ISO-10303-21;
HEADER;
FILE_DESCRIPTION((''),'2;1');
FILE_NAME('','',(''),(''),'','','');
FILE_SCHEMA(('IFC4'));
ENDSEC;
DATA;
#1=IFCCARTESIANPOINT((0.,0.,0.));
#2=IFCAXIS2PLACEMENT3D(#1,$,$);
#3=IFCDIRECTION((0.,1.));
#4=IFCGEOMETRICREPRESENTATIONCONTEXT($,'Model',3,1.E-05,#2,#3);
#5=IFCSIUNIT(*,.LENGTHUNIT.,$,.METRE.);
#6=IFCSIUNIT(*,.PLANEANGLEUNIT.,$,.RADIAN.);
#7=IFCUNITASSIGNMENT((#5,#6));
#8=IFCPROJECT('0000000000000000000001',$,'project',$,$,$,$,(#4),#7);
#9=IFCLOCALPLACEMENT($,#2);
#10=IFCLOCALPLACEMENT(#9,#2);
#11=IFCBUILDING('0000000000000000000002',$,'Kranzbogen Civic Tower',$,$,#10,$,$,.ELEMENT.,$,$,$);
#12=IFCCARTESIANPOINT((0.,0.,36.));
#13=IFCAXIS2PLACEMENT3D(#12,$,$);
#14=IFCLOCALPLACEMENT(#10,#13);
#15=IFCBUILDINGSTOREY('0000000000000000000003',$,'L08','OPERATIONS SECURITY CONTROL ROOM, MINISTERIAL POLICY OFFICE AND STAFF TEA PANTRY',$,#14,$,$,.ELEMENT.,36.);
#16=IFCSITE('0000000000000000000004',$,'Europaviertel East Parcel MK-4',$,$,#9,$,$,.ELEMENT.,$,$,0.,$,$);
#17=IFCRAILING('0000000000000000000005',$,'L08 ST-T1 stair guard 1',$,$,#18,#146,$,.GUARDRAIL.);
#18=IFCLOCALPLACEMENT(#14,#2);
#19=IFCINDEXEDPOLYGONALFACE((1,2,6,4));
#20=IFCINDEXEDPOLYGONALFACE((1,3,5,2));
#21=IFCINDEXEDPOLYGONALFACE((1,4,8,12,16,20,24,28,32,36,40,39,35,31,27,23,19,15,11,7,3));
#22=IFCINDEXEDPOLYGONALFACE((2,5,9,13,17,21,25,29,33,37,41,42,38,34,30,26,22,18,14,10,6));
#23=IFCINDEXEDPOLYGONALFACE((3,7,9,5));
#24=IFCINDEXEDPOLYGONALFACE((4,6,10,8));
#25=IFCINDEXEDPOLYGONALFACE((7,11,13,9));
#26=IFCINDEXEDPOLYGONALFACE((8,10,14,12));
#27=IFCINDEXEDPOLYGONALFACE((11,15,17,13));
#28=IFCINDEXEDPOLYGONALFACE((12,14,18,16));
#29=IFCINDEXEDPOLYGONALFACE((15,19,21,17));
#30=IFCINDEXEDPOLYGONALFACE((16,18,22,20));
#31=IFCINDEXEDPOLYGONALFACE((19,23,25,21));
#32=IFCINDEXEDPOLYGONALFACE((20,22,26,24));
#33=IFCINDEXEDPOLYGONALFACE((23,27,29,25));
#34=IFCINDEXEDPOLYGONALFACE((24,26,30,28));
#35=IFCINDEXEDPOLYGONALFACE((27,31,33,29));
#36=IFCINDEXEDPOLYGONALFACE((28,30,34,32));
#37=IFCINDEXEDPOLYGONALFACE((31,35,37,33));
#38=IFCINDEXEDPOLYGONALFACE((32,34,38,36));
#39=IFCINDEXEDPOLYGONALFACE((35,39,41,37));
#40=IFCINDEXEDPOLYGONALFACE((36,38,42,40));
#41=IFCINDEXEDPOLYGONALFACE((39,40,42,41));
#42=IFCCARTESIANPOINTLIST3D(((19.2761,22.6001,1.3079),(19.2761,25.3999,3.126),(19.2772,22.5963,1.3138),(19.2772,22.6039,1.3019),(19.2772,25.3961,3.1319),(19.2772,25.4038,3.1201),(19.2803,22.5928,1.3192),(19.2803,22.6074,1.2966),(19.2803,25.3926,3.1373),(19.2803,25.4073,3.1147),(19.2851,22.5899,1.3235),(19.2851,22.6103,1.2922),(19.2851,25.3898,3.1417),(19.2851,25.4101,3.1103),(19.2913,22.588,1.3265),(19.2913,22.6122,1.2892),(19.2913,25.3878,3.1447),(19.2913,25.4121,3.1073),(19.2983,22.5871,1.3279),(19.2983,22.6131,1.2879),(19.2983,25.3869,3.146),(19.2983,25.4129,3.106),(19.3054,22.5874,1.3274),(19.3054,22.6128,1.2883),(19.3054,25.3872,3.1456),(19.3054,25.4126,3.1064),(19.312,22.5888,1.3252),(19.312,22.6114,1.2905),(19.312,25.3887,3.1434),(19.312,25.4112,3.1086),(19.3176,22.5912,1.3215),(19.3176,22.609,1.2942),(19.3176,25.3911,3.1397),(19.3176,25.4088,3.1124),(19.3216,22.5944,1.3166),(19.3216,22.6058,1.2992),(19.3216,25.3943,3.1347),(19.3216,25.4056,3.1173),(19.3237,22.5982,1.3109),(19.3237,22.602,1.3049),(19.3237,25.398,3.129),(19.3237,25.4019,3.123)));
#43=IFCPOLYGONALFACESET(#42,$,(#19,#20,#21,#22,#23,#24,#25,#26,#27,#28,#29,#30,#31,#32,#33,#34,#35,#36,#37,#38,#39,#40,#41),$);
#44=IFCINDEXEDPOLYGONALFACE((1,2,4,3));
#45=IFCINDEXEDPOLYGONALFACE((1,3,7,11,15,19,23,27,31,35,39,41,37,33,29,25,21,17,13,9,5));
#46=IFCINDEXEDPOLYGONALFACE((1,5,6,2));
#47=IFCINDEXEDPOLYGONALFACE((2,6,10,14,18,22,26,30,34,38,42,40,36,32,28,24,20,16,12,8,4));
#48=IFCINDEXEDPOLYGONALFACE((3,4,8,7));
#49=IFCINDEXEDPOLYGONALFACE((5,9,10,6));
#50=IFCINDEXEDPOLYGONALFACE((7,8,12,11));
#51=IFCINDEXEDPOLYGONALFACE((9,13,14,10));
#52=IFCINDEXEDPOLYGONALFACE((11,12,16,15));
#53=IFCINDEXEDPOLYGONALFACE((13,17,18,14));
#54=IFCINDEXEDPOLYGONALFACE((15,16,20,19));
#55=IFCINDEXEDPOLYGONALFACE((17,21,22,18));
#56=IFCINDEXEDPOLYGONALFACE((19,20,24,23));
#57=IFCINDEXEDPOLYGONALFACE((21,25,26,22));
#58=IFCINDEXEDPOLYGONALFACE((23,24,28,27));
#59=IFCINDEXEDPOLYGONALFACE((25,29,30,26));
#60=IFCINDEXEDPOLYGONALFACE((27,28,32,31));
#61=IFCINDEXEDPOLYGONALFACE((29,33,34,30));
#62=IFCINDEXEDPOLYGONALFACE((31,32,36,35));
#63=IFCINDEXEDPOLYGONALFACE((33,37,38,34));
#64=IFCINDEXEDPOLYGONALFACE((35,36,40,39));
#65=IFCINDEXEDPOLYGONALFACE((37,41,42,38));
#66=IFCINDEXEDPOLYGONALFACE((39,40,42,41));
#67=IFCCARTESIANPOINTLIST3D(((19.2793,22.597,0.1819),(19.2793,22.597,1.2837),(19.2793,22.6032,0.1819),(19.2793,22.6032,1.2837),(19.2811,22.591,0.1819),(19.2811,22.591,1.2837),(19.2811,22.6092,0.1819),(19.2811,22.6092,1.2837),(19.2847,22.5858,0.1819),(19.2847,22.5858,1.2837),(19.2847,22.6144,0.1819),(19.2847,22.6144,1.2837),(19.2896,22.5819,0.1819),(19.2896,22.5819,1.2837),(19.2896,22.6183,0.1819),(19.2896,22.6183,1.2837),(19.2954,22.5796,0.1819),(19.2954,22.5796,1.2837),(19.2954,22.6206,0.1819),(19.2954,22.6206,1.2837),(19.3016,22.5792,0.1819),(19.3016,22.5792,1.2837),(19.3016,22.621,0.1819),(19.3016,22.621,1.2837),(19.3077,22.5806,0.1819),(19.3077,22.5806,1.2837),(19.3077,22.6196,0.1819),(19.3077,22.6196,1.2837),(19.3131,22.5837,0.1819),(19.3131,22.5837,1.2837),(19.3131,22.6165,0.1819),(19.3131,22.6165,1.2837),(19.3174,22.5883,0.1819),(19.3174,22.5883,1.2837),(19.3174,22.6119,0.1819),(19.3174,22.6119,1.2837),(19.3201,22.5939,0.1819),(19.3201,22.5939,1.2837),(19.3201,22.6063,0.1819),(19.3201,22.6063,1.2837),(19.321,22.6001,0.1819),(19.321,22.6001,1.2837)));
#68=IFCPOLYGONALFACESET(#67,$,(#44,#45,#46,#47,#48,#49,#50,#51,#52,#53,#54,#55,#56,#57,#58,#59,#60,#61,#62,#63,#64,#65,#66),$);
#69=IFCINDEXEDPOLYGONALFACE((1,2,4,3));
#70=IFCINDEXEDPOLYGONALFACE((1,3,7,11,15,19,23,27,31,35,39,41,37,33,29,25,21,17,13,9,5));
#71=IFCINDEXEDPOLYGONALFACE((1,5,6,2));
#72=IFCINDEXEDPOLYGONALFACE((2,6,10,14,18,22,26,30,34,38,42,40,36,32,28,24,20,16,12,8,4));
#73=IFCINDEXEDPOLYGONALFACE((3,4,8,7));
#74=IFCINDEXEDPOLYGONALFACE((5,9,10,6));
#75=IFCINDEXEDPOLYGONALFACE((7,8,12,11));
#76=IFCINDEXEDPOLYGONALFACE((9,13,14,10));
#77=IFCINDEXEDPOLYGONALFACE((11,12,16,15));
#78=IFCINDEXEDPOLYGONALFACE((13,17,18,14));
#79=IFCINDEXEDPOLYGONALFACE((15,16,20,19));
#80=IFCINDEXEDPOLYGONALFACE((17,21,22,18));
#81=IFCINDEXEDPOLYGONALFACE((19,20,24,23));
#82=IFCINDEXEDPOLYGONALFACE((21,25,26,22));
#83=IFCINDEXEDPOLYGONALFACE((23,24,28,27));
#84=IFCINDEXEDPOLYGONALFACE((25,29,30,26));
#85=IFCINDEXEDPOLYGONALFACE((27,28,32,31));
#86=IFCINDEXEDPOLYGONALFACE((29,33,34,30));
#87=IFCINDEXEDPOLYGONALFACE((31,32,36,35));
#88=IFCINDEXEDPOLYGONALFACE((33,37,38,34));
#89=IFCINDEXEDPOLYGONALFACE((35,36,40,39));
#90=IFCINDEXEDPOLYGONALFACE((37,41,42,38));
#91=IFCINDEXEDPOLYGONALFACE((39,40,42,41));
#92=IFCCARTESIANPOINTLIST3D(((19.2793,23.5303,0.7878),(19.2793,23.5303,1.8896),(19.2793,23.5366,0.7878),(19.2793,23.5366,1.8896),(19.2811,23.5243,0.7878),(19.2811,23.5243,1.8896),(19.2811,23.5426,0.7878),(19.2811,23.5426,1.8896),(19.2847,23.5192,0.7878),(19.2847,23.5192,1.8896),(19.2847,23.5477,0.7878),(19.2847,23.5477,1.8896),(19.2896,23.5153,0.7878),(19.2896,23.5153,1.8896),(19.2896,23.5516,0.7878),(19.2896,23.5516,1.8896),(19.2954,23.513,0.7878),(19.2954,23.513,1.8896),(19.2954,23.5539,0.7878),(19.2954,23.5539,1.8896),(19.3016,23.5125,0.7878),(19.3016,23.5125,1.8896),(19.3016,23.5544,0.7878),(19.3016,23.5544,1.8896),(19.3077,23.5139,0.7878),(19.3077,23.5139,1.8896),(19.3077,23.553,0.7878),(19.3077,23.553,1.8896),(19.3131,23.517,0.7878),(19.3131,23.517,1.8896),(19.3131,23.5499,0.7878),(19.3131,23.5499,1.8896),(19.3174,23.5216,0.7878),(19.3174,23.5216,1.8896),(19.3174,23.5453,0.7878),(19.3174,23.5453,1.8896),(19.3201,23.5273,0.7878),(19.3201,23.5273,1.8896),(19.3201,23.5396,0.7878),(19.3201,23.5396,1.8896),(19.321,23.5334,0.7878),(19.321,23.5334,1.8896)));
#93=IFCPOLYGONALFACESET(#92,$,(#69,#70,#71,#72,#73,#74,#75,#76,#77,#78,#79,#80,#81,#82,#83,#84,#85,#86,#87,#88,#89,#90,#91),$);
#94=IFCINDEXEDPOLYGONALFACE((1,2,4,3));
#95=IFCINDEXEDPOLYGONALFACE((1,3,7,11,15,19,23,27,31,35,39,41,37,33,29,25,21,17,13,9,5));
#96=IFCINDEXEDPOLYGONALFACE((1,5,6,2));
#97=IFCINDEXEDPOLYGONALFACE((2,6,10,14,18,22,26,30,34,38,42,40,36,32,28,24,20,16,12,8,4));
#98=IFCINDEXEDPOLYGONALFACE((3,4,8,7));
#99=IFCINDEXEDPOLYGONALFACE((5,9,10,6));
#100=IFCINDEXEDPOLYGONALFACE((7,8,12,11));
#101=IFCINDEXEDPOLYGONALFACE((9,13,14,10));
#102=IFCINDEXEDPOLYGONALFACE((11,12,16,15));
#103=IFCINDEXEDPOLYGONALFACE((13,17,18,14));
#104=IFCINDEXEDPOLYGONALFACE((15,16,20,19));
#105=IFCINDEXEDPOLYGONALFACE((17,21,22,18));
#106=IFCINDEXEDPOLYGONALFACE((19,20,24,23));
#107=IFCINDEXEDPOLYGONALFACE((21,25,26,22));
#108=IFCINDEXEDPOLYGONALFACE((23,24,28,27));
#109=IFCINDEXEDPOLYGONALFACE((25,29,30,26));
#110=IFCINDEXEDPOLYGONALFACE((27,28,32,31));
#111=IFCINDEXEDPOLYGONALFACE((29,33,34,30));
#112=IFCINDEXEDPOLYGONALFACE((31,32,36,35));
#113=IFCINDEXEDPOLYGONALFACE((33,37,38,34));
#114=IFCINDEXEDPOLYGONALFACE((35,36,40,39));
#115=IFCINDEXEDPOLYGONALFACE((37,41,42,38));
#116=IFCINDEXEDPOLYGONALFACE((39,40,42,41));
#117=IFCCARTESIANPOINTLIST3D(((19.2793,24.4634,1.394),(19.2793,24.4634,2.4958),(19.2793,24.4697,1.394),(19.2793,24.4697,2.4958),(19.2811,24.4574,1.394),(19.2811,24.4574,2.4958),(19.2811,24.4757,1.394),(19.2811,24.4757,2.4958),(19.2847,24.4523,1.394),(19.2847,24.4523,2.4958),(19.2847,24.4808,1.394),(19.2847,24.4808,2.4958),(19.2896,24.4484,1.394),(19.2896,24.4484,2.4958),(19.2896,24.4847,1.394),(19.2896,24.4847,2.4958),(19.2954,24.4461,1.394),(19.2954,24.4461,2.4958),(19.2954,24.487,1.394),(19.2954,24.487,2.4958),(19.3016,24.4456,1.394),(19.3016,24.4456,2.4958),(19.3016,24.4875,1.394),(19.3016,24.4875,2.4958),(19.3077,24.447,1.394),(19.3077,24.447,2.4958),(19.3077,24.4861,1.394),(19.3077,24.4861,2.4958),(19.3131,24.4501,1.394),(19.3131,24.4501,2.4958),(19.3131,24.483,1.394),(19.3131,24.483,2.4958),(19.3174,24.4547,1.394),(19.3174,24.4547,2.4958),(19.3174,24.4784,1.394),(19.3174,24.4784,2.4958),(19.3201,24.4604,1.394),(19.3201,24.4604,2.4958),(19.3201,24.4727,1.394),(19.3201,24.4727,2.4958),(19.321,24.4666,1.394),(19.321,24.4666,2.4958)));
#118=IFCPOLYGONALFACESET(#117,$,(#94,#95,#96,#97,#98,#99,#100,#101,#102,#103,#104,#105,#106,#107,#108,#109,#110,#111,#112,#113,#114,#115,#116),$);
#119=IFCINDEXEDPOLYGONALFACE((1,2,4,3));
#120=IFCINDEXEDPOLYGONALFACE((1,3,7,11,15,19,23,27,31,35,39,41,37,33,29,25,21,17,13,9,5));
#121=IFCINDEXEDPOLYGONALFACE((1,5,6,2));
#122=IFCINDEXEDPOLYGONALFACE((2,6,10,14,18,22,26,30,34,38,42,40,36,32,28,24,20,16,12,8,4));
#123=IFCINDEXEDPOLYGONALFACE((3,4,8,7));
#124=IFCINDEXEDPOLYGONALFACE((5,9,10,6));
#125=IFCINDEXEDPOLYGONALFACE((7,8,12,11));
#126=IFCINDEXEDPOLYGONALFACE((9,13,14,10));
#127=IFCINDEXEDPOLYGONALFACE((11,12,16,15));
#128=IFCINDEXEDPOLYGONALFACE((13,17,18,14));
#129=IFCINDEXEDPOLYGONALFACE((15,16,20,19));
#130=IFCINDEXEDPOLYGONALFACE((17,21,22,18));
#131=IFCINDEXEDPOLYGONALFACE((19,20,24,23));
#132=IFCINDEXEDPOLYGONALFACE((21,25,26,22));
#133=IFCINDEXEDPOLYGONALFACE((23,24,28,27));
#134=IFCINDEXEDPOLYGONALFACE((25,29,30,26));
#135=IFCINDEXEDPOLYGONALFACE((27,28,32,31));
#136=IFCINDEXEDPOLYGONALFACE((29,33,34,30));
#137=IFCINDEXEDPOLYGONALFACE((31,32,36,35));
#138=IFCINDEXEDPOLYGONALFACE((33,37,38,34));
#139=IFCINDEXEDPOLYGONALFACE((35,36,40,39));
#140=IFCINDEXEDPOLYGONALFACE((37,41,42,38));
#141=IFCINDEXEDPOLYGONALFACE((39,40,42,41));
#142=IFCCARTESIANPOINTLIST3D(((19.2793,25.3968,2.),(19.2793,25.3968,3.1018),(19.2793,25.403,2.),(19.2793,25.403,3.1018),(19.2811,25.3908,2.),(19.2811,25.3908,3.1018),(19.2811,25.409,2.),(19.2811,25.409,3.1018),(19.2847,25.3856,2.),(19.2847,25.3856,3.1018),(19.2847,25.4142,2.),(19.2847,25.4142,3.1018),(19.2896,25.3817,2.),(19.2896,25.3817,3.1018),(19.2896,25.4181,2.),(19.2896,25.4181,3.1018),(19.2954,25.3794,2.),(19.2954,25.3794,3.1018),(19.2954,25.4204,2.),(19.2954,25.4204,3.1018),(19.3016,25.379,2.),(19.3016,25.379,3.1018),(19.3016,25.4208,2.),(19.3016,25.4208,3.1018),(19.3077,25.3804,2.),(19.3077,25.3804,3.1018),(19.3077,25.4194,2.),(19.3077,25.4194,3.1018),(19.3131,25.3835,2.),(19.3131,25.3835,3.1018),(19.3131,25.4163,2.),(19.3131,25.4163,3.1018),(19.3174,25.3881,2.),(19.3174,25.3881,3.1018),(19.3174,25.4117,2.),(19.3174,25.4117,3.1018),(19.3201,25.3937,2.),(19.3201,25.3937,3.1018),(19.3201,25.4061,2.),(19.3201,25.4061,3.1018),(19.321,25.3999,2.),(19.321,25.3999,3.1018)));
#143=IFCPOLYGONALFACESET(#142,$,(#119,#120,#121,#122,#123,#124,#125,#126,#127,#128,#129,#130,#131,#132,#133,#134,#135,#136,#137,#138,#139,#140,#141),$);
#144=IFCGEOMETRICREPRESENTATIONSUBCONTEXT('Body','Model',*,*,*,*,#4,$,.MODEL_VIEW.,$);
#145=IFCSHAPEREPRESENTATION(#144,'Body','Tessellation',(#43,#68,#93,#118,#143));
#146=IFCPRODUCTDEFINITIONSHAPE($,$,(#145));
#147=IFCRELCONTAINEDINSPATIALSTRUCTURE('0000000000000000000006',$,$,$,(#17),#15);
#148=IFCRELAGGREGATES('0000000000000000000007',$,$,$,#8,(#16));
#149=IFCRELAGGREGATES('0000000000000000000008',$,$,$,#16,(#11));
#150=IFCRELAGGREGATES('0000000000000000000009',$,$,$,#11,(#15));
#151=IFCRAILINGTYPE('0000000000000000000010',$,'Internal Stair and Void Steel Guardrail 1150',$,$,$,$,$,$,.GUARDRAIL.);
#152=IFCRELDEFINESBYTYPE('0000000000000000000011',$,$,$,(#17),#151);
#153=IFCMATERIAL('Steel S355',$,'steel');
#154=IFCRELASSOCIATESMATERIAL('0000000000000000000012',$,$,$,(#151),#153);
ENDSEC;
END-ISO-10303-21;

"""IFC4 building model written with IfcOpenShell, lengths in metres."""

from ifc_helpers import new_model, si_unit, direction, frame, origin, origin_2d, place, context, subcontext, project, spatial, circle, extrude, material, type_object, element, save


model = new_model("IFC4")

# Units and contexts
model_context = context("Model", 3, precision=1e-05, world=origin(), true_north=direction((0.0, 1.0)))
body_context = subcontext(model_context, "Body", "Model", "MODEL_VIEW")
ifc_project = project(units=[si_unit("LENGTHUNIT", "METRE"), si_unit("PLANEANGLEUNIT", "RADIAN")], contexts=[model_context])

# Site, building, storey
site_placement = place(None, origin())
site = spatial("IfcSite", under=ifc_project, at=site_placement, Name="Europaviertel East Parcel MK-4", CompositionType="ELEMENT", RefElevation=0.0)
building_placement = place(site_placement, origin())
building = spatial("IfcBuilding", under=site, at=building_placement, Name="Kranzbogen Civic Tower", CompositionType="ELEMENT")
storey_placement = place(building_placement, frame((0.0, 0.0, 36.0)))
storey = spatial("IfcBuildingStorey", under=building, at=storey_placement, Name="L08", Description="OPERATIONS SECURITY CONTROL ROOM, MINISTERIAL POLICY OFFICE AND STAFF TEA PANTRY", CompositionType="ELEMENT", Elevation=36.0)

# Shared definitions
ifc_material_1 = material(Name="Steel S355", Category="steel")

# Railing
railing_type = type_object("IfcRailingType", Name="Internal Stair and Void Steel Guardrail 1150", PredefinedType="GUARDRAIL", material=ifc_material_1)
railing_1_placement = place(storey_placement, frame((19.3, 22.6001, 0.1819)))
element("IfcRailing", 1, at=railing_1_placement, inside=storey, type_object=railing_type, Name="L08 ST-T1 stair guard 1", PredefinedType="GUARDRAIL", context=body_context, shape_type="SweptSolid", body=[
    extrude(circle(Radius=0.0239, at=origin_2d()), frame((0.0, 0.0, 1.126), z_axis=(0.0, 0.838684, 0.544618), x_axis=(-1.0, 0.0, 0.0)), (0.0, 0.0, 1.0), 3.3384),
    extrude(circle(Radius=0.021, at=origin_2d()), origin(), (0.0, 0.0, 1.0), 1.1018),
    extrude(circle(Radius=0.021, at=origin_2d()), frame((0.0, 0.9333, 0.606)), (0.0, 0.0, 1.0), 1.1018),
    extrude(circle(Radius=0.021, at=origin_2d()), frame((0.0, 1.8665, 1.2122)), (0.0, 0.0, 1.0), 1.1018),
    extrude(circle(Radius=0.021, at=origin_2d()), frame((0.0, 2.7998, 1.8181)), (0.0, 0.0, 1.0), 1.1018),
])

save(model, "model.ifc")
